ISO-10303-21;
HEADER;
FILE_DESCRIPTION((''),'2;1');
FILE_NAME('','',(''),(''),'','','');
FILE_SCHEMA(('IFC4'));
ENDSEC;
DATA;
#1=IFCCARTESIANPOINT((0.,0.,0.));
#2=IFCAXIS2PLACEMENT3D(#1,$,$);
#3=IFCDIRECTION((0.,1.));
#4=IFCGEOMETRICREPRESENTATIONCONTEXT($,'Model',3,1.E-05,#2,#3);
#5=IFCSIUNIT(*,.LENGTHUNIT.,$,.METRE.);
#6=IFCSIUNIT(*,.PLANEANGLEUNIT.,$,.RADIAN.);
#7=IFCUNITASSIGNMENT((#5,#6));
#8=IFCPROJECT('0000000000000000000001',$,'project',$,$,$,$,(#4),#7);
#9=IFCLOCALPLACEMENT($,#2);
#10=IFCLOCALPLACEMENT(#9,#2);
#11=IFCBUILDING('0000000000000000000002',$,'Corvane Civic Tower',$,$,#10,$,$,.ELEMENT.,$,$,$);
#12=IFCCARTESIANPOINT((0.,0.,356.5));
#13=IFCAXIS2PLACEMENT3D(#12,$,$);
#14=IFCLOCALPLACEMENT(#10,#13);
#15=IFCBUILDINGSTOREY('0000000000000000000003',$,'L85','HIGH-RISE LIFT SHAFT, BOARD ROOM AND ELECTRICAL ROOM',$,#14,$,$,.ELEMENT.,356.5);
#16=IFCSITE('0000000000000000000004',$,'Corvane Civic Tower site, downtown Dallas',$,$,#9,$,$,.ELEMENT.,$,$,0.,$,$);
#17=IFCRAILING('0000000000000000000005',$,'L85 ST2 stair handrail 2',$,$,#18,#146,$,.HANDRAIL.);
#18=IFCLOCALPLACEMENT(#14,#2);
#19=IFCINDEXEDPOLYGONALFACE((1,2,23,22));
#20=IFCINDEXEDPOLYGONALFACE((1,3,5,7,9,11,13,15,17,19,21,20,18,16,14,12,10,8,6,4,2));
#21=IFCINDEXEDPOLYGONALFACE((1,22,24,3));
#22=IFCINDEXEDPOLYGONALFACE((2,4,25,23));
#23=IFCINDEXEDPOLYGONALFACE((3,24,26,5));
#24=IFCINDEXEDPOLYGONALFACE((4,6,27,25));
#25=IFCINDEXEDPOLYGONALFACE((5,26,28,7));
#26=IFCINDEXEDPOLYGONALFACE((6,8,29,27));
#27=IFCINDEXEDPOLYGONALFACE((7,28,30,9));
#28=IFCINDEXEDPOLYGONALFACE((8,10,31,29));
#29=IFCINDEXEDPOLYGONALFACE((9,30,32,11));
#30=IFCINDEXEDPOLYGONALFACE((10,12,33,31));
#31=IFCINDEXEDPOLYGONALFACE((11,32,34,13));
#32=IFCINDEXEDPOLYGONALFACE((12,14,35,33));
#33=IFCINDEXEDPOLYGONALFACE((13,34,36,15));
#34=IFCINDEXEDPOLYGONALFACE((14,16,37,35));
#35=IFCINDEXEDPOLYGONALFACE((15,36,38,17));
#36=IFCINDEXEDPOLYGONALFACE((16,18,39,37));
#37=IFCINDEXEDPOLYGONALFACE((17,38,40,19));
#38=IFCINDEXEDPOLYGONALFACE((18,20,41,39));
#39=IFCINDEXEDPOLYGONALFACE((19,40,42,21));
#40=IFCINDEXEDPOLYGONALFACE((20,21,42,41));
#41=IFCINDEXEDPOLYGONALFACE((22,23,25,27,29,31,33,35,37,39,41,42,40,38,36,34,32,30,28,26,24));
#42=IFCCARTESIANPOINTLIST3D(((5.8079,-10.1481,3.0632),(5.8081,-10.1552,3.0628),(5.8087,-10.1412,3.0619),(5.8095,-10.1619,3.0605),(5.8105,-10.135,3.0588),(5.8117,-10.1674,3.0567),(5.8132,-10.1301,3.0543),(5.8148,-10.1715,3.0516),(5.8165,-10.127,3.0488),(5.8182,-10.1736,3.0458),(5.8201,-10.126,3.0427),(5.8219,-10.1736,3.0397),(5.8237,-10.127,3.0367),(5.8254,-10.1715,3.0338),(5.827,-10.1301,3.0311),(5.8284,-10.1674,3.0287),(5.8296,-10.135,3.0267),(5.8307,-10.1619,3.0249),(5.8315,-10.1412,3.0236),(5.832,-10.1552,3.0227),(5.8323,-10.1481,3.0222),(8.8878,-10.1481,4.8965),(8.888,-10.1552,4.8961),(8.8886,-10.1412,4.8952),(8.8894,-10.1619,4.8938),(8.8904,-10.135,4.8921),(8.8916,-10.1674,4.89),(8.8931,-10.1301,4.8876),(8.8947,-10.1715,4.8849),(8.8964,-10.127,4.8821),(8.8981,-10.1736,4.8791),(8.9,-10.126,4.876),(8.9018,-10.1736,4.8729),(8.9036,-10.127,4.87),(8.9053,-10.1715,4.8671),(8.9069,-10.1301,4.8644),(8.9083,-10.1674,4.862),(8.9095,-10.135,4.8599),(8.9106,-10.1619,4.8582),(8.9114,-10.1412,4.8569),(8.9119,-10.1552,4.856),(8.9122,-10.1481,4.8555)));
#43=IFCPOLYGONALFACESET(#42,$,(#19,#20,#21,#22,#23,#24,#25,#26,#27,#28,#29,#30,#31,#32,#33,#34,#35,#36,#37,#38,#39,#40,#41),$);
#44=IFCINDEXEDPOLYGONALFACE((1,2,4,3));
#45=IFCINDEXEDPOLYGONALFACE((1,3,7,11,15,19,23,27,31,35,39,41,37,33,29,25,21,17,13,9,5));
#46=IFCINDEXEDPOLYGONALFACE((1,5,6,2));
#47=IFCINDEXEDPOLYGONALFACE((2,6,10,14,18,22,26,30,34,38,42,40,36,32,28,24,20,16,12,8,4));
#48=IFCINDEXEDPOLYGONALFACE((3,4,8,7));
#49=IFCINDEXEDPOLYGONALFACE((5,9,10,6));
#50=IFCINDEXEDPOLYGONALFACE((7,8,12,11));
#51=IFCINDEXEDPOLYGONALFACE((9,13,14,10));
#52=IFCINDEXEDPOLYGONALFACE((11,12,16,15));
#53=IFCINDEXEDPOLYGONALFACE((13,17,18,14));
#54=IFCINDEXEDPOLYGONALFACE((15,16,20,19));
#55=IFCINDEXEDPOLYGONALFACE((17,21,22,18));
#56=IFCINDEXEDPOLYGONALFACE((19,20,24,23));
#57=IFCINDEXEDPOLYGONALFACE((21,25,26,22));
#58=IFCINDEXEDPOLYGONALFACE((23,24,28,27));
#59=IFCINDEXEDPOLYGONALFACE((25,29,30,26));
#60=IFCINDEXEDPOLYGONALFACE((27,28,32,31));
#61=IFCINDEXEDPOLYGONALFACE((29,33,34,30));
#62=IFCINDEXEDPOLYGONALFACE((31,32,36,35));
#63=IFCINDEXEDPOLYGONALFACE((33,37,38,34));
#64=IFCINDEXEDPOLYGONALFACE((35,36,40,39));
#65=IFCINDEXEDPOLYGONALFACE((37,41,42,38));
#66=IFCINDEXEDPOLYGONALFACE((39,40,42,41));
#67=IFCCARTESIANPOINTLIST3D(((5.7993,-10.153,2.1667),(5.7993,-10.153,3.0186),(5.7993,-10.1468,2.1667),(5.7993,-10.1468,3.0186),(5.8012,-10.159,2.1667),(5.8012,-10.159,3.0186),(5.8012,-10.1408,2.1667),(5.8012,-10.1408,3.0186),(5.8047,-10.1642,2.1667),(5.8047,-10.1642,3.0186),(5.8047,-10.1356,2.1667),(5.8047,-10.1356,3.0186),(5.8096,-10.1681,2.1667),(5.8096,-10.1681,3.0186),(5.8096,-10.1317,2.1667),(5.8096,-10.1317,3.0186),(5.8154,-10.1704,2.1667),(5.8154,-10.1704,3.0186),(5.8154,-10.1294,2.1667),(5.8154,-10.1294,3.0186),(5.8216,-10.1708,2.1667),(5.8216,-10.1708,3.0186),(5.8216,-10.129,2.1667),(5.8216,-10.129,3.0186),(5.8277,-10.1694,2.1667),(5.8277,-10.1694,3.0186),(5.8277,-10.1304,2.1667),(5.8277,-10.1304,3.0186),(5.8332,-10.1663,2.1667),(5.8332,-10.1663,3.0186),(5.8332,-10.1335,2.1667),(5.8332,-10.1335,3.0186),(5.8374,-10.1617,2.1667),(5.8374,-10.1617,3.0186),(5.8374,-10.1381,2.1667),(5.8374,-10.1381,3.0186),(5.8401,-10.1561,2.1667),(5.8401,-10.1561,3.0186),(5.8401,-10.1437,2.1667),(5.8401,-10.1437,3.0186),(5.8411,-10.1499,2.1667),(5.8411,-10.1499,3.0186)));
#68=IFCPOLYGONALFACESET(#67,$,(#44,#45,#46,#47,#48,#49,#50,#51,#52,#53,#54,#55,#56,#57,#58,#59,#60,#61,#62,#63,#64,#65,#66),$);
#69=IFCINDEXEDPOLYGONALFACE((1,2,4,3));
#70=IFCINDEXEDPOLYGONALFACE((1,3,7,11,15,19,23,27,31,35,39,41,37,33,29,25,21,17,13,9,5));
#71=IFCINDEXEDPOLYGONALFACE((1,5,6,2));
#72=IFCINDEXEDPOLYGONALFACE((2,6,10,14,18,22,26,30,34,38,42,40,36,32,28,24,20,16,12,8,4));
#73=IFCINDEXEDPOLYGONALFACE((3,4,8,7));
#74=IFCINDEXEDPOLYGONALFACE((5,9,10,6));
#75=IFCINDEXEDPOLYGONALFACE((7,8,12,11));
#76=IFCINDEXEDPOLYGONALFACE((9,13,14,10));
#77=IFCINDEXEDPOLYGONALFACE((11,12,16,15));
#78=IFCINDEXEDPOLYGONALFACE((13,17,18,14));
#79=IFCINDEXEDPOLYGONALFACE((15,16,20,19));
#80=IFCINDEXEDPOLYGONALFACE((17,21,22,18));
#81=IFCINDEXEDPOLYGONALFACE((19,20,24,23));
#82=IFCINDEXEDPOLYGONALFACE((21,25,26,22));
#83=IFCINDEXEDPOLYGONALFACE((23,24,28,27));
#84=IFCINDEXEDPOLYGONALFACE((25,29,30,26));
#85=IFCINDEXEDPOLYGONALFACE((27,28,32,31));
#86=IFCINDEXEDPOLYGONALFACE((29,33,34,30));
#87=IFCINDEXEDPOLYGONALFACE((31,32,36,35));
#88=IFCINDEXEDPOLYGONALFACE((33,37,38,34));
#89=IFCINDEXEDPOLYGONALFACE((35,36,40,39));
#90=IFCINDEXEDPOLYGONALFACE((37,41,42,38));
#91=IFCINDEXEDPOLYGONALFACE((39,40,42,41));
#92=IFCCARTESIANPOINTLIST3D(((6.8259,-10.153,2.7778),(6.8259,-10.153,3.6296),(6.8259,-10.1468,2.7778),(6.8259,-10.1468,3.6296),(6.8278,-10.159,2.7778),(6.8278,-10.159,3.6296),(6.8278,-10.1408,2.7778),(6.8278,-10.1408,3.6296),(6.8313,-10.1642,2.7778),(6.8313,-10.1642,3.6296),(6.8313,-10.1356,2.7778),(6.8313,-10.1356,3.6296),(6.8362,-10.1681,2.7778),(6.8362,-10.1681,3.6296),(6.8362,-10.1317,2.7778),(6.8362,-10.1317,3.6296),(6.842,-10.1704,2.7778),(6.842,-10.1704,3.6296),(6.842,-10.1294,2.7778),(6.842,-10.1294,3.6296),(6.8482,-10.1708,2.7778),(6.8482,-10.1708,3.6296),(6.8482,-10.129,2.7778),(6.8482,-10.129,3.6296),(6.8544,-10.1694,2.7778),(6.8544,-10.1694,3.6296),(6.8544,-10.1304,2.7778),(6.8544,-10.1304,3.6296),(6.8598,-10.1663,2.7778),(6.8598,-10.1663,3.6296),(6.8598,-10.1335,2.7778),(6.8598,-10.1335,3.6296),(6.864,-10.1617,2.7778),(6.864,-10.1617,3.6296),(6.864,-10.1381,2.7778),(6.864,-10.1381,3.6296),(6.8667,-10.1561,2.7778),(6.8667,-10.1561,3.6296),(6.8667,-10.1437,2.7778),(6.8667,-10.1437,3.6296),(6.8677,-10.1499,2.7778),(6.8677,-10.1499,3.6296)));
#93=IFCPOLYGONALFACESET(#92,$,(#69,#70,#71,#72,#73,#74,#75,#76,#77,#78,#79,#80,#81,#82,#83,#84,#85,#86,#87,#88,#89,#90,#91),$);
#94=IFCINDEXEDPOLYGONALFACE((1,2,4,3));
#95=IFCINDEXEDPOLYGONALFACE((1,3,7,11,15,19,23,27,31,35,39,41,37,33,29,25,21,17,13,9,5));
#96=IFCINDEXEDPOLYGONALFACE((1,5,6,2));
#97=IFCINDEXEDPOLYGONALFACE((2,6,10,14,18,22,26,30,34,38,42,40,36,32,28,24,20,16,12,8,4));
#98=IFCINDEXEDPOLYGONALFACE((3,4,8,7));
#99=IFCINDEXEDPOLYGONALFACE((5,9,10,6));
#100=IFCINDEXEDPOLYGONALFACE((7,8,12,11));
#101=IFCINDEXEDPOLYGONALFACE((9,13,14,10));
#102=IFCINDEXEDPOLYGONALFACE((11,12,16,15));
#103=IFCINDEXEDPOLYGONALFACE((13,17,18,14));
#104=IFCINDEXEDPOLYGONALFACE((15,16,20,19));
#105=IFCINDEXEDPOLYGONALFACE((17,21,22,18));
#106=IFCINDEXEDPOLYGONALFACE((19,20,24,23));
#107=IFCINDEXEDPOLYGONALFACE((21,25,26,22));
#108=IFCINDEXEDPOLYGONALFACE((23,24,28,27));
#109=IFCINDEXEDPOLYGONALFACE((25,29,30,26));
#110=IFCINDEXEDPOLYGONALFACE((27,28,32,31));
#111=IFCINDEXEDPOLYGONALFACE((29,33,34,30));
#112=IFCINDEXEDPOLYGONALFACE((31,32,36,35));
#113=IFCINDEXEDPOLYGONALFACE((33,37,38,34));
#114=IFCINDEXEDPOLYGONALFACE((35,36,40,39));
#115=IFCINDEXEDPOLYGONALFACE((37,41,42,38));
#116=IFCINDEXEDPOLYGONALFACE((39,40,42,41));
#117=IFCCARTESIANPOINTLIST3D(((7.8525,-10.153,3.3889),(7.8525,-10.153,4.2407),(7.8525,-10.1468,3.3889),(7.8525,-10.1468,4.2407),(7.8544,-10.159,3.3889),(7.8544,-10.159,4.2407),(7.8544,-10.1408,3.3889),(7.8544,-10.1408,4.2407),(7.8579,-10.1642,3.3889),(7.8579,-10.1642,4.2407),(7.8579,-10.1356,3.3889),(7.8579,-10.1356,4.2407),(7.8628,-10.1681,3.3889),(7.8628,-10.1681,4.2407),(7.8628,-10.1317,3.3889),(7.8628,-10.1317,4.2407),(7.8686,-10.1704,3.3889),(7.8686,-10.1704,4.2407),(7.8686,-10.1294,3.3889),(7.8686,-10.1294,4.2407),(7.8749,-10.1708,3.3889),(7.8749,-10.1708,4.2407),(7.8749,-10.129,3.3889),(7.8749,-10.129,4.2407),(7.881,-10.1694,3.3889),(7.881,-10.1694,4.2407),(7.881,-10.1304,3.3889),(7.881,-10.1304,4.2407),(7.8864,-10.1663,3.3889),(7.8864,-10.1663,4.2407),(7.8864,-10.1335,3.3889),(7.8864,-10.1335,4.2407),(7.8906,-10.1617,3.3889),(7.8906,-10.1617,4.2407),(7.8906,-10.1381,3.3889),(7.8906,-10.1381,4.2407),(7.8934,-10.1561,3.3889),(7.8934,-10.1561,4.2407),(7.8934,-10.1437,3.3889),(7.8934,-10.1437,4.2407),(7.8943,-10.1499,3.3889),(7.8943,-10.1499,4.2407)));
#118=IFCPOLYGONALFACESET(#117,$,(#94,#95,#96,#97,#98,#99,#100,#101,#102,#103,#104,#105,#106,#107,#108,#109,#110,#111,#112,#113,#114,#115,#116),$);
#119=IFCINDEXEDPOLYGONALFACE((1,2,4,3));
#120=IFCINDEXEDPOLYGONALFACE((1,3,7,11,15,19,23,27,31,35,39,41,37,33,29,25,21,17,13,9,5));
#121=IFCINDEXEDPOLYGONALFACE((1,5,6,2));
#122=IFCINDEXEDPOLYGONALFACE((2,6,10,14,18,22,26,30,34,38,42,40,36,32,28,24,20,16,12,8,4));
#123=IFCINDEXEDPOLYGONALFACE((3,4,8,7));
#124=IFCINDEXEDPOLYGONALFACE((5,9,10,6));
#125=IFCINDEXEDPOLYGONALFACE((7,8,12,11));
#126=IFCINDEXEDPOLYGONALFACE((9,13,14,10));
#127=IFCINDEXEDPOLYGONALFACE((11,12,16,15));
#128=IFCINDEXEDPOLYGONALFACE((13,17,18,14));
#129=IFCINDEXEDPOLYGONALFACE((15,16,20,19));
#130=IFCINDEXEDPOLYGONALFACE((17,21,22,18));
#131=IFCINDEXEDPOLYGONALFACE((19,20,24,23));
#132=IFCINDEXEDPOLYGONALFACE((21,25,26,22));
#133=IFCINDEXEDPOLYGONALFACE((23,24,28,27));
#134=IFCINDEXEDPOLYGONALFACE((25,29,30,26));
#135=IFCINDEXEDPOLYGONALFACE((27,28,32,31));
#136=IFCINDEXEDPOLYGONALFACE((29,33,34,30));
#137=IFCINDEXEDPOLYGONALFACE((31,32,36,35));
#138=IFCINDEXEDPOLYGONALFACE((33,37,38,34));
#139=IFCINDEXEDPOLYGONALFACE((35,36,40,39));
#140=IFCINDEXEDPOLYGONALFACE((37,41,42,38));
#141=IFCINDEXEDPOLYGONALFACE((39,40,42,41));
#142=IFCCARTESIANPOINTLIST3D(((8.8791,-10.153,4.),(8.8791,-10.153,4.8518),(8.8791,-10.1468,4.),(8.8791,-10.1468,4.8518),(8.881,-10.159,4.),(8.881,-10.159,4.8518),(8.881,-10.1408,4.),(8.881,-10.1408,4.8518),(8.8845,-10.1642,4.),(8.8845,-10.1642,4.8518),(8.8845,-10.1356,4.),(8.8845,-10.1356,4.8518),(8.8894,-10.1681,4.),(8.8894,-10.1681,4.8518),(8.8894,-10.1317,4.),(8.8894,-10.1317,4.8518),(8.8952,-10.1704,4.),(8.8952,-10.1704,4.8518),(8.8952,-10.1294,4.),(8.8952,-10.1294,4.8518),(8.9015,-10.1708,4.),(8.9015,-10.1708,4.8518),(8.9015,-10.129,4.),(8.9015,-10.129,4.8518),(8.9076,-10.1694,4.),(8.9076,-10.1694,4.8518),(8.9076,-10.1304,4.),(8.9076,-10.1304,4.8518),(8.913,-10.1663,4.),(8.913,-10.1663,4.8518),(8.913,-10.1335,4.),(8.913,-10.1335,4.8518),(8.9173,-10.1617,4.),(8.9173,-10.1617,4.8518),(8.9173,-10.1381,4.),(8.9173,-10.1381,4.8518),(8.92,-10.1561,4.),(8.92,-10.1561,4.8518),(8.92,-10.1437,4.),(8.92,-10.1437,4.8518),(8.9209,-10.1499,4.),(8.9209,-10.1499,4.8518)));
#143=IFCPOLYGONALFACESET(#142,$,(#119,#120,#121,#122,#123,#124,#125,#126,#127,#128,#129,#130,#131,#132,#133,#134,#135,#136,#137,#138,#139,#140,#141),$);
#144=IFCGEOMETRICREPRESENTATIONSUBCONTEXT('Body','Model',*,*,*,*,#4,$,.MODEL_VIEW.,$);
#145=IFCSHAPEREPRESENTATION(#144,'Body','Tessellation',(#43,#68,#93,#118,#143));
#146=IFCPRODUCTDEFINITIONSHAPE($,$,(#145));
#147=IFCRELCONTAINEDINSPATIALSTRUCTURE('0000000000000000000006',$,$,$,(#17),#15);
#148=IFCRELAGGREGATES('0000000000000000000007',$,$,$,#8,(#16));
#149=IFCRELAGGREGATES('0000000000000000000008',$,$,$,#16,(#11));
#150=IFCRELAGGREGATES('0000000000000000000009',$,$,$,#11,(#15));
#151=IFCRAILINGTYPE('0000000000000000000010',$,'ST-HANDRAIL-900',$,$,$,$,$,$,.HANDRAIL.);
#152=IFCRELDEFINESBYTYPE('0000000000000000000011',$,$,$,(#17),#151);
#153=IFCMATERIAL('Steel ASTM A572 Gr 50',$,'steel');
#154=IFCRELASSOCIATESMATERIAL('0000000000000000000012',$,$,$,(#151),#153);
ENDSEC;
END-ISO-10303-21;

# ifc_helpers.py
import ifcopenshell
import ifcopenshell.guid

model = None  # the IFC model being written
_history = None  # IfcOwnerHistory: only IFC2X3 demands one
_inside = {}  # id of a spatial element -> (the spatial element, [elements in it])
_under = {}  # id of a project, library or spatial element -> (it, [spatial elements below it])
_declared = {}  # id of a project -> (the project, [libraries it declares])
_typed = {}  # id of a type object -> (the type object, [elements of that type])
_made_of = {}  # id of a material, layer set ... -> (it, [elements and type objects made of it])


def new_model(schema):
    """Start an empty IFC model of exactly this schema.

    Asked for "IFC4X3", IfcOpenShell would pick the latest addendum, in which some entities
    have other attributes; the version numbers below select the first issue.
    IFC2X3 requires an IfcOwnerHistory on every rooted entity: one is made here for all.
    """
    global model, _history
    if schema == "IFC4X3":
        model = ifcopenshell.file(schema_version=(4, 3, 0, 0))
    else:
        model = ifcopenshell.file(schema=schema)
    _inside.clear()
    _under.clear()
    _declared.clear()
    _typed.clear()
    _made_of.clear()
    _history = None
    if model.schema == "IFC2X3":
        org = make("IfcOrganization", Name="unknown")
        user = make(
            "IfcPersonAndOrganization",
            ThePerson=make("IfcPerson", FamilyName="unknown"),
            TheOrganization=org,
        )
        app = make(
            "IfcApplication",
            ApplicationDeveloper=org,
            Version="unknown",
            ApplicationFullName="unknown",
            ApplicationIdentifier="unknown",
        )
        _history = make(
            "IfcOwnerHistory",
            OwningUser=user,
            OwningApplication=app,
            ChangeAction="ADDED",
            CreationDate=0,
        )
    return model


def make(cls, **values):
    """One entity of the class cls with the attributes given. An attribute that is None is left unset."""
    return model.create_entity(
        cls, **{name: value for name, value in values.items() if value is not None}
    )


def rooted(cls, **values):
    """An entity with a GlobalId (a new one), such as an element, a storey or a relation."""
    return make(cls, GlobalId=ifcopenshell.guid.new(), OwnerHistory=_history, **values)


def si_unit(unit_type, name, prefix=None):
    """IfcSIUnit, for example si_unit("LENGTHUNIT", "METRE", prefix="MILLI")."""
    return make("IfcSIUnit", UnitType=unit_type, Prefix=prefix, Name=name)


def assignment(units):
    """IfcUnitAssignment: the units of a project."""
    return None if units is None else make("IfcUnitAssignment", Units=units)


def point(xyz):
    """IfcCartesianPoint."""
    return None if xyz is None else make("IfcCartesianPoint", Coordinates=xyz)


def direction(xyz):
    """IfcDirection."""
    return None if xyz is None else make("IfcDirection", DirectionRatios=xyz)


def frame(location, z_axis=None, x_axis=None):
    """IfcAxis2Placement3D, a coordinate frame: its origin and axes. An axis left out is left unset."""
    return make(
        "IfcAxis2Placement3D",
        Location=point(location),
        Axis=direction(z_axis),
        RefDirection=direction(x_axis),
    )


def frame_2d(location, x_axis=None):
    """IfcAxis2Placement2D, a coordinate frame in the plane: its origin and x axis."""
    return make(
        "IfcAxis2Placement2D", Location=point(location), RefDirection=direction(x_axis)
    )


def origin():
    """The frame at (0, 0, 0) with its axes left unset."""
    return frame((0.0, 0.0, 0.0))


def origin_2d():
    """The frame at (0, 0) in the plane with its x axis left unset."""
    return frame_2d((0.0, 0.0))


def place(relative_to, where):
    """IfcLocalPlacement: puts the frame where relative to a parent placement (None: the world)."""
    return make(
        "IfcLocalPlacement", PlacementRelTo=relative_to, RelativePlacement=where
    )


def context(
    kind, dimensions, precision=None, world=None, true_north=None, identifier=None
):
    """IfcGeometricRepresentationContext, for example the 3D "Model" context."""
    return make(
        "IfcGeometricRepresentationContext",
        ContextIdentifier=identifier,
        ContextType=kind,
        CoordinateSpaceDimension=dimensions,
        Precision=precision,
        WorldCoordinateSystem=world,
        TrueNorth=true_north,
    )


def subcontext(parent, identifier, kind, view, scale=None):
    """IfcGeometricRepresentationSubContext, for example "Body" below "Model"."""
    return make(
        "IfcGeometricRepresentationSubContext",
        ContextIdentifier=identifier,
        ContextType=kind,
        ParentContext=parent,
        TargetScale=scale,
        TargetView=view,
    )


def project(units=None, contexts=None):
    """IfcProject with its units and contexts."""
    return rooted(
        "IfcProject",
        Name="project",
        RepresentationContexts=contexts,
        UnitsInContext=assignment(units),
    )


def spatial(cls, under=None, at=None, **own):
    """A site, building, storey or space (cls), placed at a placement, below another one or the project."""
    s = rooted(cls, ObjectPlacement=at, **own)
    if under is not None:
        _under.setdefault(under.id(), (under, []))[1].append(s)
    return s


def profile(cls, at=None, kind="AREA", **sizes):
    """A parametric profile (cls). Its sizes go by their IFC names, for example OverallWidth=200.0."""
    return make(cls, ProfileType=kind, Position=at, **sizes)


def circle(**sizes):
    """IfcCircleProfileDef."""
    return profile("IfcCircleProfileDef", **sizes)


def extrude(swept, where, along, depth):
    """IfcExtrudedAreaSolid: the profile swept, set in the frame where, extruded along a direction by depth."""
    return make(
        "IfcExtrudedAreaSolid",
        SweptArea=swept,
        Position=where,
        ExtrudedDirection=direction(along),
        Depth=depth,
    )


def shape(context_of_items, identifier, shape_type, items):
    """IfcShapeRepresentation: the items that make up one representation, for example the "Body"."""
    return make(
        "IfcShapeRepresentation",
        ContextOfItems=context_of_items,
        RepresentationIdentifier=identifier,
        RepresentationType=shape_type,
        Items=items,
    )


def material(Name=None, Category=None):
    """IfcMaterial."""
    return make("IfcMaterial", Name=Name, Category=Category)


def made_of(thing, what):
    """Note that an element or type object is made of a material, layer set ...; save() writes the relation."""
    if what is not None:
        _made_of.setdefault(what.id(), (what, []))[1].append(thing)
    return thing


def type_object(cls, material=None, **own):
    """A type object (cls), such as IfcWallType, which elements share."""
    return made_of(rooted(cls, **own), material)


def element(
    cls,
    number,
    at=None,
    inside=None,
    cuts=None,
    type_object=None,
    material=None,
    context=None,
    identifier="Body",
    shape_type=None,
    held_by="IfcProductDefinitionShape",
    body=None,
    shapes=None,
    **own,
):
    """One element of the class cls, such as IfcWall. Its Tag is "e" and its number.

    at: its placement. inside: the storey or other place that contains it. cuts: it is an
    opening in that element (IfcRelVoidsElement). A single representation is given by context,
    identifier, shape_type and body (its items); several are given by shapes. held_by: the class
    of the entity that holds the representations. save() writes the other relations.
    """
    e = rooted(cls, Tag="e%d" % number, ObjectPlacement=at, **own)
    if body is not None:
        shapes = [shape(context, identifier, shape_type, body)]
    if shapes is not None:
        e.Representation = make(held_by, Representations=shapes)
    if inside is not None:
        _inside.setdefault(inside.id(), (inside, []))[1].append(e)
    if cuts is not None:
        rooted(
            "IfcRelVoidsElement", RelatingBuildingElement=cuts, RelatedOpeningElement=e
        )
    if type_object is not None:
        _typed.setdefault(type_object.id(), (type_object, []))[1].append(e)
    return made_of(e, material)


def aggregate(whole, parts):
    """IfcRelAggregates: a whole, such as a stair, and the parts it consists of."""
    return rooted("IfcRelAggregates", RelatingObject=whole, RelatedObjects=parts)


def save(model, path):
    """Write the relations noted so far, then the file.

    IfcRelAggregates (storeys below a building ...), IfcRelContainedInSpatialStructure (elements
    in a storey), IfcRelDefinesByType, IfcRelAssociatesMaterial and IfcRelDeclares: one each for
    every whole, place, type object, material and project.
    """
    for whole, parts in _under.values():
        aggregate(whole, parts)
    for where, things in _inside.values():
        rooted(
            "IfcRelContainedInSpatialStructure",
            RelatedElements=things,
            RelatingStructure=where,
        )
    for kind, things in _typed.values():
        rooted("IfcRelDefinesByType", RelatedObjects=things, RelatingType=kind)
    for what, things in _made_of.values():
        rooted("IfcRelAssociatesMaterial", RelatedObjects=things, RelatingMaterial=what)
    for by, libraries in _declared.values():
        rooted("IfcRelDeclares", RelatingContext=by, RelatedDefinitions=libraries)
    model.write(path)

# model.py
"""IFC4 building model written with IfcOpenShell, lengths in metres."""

from ifc_helpers import new_model, si_unit, direction, frame, origin, origin_2d, place, context, subcontext, project, spatial, circle, extrude, material, type_object, element, save


model = new_model("IFC4")

# Units and contexts
model_context = context("Model", 3, precision=1e-05, world=origin(), true_north=direction((0.0, 1.0)))
body_context = subcontext(model_context, "Body", "Model", "MODEL_VIEW")
ifc_project = project(units=[si_unit("LENGTHUNIT", "METRE"), si_unit("PLANEANGLEUNIT", "RADIAN")], contexts=[model_context])

# Site, building, storey
site_placement = place(None, origin())
site = spatial("IfcSite", under=ifc_project, at=site_placement, Name="Corvane Civic Tower site, downtown Dallas", CompositionType="ELEMENT", RefElevation=0.0)
building_placement = place(site_placement, origin())
building = spatial("IfcBuilding", under=site, at=building_placement, Name="Corvane Civic Tower", CompositionType="ELEMENT")
storey_placement = place(building_placement, frame((0.0, 0.0, 356.5)))
storey = spatial("IfcBuildingStorey", under=building, at=storey_placement, Name="L85", Description="HIGH-RISE LIFT SHAFT, BOARD ROOM AND ELECTRICAL ROOM", CompositionType="ELEMENT", Elevation=356.5)

# Railing
ifc_material_1 = material(Name="Steel ASTM A572 Gr 50", Category="steel")
railing_type_1 = type_object("IfcRailingType", Name="ST-HANDRAIL-900", PredefinedType="HANDRAIL", material=ifc_material_1)
railing_1_placement = place(storey_placement, frame((5.8201, -10.1499, 2.1667)))
element("IfcRailing", 1, at=railing_1_placement, inside=storey, type_object=railing_type_1, Name="L85 ST2 stair handrail 2", PredefinedType="HANDRAIL", context=body_context, shape_type="SweptSolid", body=[
    extrude(circle(Radius=0.0239, at=origin_2d()), frame((0.0, 0.0, 0.876), z_axis=(0.859291, 0.0, 0.511487), x_axis=(0.0, 1.0, 0.0)), (0.0, 0.0, 1.0), 3.5842),
    extrude(circle(Radius=0.021, at=origin_2d()), origin(), (0.0, 0.0, 1.0), 0.8518),
    extrude(circle(Radius=0.021, at=origin_2d()), frame((1.0266, 0.0, 0.6111)), (0.0, 0.0, 1.0), 0.8518),
    extrude(circle(Radius=0.021, at=origin_2d()), frame((2.0532, 0.0, 1.2222)), (0.0, 0.0, 1.0), 0.8518),
    extrude(circle(Radius=0.021, at=origin_2d()), frame((3.0798, 0.0, 1.8333)), (0.0, 0.0, 1.0), 0.8518),
])

save(model, "model.ifc")
